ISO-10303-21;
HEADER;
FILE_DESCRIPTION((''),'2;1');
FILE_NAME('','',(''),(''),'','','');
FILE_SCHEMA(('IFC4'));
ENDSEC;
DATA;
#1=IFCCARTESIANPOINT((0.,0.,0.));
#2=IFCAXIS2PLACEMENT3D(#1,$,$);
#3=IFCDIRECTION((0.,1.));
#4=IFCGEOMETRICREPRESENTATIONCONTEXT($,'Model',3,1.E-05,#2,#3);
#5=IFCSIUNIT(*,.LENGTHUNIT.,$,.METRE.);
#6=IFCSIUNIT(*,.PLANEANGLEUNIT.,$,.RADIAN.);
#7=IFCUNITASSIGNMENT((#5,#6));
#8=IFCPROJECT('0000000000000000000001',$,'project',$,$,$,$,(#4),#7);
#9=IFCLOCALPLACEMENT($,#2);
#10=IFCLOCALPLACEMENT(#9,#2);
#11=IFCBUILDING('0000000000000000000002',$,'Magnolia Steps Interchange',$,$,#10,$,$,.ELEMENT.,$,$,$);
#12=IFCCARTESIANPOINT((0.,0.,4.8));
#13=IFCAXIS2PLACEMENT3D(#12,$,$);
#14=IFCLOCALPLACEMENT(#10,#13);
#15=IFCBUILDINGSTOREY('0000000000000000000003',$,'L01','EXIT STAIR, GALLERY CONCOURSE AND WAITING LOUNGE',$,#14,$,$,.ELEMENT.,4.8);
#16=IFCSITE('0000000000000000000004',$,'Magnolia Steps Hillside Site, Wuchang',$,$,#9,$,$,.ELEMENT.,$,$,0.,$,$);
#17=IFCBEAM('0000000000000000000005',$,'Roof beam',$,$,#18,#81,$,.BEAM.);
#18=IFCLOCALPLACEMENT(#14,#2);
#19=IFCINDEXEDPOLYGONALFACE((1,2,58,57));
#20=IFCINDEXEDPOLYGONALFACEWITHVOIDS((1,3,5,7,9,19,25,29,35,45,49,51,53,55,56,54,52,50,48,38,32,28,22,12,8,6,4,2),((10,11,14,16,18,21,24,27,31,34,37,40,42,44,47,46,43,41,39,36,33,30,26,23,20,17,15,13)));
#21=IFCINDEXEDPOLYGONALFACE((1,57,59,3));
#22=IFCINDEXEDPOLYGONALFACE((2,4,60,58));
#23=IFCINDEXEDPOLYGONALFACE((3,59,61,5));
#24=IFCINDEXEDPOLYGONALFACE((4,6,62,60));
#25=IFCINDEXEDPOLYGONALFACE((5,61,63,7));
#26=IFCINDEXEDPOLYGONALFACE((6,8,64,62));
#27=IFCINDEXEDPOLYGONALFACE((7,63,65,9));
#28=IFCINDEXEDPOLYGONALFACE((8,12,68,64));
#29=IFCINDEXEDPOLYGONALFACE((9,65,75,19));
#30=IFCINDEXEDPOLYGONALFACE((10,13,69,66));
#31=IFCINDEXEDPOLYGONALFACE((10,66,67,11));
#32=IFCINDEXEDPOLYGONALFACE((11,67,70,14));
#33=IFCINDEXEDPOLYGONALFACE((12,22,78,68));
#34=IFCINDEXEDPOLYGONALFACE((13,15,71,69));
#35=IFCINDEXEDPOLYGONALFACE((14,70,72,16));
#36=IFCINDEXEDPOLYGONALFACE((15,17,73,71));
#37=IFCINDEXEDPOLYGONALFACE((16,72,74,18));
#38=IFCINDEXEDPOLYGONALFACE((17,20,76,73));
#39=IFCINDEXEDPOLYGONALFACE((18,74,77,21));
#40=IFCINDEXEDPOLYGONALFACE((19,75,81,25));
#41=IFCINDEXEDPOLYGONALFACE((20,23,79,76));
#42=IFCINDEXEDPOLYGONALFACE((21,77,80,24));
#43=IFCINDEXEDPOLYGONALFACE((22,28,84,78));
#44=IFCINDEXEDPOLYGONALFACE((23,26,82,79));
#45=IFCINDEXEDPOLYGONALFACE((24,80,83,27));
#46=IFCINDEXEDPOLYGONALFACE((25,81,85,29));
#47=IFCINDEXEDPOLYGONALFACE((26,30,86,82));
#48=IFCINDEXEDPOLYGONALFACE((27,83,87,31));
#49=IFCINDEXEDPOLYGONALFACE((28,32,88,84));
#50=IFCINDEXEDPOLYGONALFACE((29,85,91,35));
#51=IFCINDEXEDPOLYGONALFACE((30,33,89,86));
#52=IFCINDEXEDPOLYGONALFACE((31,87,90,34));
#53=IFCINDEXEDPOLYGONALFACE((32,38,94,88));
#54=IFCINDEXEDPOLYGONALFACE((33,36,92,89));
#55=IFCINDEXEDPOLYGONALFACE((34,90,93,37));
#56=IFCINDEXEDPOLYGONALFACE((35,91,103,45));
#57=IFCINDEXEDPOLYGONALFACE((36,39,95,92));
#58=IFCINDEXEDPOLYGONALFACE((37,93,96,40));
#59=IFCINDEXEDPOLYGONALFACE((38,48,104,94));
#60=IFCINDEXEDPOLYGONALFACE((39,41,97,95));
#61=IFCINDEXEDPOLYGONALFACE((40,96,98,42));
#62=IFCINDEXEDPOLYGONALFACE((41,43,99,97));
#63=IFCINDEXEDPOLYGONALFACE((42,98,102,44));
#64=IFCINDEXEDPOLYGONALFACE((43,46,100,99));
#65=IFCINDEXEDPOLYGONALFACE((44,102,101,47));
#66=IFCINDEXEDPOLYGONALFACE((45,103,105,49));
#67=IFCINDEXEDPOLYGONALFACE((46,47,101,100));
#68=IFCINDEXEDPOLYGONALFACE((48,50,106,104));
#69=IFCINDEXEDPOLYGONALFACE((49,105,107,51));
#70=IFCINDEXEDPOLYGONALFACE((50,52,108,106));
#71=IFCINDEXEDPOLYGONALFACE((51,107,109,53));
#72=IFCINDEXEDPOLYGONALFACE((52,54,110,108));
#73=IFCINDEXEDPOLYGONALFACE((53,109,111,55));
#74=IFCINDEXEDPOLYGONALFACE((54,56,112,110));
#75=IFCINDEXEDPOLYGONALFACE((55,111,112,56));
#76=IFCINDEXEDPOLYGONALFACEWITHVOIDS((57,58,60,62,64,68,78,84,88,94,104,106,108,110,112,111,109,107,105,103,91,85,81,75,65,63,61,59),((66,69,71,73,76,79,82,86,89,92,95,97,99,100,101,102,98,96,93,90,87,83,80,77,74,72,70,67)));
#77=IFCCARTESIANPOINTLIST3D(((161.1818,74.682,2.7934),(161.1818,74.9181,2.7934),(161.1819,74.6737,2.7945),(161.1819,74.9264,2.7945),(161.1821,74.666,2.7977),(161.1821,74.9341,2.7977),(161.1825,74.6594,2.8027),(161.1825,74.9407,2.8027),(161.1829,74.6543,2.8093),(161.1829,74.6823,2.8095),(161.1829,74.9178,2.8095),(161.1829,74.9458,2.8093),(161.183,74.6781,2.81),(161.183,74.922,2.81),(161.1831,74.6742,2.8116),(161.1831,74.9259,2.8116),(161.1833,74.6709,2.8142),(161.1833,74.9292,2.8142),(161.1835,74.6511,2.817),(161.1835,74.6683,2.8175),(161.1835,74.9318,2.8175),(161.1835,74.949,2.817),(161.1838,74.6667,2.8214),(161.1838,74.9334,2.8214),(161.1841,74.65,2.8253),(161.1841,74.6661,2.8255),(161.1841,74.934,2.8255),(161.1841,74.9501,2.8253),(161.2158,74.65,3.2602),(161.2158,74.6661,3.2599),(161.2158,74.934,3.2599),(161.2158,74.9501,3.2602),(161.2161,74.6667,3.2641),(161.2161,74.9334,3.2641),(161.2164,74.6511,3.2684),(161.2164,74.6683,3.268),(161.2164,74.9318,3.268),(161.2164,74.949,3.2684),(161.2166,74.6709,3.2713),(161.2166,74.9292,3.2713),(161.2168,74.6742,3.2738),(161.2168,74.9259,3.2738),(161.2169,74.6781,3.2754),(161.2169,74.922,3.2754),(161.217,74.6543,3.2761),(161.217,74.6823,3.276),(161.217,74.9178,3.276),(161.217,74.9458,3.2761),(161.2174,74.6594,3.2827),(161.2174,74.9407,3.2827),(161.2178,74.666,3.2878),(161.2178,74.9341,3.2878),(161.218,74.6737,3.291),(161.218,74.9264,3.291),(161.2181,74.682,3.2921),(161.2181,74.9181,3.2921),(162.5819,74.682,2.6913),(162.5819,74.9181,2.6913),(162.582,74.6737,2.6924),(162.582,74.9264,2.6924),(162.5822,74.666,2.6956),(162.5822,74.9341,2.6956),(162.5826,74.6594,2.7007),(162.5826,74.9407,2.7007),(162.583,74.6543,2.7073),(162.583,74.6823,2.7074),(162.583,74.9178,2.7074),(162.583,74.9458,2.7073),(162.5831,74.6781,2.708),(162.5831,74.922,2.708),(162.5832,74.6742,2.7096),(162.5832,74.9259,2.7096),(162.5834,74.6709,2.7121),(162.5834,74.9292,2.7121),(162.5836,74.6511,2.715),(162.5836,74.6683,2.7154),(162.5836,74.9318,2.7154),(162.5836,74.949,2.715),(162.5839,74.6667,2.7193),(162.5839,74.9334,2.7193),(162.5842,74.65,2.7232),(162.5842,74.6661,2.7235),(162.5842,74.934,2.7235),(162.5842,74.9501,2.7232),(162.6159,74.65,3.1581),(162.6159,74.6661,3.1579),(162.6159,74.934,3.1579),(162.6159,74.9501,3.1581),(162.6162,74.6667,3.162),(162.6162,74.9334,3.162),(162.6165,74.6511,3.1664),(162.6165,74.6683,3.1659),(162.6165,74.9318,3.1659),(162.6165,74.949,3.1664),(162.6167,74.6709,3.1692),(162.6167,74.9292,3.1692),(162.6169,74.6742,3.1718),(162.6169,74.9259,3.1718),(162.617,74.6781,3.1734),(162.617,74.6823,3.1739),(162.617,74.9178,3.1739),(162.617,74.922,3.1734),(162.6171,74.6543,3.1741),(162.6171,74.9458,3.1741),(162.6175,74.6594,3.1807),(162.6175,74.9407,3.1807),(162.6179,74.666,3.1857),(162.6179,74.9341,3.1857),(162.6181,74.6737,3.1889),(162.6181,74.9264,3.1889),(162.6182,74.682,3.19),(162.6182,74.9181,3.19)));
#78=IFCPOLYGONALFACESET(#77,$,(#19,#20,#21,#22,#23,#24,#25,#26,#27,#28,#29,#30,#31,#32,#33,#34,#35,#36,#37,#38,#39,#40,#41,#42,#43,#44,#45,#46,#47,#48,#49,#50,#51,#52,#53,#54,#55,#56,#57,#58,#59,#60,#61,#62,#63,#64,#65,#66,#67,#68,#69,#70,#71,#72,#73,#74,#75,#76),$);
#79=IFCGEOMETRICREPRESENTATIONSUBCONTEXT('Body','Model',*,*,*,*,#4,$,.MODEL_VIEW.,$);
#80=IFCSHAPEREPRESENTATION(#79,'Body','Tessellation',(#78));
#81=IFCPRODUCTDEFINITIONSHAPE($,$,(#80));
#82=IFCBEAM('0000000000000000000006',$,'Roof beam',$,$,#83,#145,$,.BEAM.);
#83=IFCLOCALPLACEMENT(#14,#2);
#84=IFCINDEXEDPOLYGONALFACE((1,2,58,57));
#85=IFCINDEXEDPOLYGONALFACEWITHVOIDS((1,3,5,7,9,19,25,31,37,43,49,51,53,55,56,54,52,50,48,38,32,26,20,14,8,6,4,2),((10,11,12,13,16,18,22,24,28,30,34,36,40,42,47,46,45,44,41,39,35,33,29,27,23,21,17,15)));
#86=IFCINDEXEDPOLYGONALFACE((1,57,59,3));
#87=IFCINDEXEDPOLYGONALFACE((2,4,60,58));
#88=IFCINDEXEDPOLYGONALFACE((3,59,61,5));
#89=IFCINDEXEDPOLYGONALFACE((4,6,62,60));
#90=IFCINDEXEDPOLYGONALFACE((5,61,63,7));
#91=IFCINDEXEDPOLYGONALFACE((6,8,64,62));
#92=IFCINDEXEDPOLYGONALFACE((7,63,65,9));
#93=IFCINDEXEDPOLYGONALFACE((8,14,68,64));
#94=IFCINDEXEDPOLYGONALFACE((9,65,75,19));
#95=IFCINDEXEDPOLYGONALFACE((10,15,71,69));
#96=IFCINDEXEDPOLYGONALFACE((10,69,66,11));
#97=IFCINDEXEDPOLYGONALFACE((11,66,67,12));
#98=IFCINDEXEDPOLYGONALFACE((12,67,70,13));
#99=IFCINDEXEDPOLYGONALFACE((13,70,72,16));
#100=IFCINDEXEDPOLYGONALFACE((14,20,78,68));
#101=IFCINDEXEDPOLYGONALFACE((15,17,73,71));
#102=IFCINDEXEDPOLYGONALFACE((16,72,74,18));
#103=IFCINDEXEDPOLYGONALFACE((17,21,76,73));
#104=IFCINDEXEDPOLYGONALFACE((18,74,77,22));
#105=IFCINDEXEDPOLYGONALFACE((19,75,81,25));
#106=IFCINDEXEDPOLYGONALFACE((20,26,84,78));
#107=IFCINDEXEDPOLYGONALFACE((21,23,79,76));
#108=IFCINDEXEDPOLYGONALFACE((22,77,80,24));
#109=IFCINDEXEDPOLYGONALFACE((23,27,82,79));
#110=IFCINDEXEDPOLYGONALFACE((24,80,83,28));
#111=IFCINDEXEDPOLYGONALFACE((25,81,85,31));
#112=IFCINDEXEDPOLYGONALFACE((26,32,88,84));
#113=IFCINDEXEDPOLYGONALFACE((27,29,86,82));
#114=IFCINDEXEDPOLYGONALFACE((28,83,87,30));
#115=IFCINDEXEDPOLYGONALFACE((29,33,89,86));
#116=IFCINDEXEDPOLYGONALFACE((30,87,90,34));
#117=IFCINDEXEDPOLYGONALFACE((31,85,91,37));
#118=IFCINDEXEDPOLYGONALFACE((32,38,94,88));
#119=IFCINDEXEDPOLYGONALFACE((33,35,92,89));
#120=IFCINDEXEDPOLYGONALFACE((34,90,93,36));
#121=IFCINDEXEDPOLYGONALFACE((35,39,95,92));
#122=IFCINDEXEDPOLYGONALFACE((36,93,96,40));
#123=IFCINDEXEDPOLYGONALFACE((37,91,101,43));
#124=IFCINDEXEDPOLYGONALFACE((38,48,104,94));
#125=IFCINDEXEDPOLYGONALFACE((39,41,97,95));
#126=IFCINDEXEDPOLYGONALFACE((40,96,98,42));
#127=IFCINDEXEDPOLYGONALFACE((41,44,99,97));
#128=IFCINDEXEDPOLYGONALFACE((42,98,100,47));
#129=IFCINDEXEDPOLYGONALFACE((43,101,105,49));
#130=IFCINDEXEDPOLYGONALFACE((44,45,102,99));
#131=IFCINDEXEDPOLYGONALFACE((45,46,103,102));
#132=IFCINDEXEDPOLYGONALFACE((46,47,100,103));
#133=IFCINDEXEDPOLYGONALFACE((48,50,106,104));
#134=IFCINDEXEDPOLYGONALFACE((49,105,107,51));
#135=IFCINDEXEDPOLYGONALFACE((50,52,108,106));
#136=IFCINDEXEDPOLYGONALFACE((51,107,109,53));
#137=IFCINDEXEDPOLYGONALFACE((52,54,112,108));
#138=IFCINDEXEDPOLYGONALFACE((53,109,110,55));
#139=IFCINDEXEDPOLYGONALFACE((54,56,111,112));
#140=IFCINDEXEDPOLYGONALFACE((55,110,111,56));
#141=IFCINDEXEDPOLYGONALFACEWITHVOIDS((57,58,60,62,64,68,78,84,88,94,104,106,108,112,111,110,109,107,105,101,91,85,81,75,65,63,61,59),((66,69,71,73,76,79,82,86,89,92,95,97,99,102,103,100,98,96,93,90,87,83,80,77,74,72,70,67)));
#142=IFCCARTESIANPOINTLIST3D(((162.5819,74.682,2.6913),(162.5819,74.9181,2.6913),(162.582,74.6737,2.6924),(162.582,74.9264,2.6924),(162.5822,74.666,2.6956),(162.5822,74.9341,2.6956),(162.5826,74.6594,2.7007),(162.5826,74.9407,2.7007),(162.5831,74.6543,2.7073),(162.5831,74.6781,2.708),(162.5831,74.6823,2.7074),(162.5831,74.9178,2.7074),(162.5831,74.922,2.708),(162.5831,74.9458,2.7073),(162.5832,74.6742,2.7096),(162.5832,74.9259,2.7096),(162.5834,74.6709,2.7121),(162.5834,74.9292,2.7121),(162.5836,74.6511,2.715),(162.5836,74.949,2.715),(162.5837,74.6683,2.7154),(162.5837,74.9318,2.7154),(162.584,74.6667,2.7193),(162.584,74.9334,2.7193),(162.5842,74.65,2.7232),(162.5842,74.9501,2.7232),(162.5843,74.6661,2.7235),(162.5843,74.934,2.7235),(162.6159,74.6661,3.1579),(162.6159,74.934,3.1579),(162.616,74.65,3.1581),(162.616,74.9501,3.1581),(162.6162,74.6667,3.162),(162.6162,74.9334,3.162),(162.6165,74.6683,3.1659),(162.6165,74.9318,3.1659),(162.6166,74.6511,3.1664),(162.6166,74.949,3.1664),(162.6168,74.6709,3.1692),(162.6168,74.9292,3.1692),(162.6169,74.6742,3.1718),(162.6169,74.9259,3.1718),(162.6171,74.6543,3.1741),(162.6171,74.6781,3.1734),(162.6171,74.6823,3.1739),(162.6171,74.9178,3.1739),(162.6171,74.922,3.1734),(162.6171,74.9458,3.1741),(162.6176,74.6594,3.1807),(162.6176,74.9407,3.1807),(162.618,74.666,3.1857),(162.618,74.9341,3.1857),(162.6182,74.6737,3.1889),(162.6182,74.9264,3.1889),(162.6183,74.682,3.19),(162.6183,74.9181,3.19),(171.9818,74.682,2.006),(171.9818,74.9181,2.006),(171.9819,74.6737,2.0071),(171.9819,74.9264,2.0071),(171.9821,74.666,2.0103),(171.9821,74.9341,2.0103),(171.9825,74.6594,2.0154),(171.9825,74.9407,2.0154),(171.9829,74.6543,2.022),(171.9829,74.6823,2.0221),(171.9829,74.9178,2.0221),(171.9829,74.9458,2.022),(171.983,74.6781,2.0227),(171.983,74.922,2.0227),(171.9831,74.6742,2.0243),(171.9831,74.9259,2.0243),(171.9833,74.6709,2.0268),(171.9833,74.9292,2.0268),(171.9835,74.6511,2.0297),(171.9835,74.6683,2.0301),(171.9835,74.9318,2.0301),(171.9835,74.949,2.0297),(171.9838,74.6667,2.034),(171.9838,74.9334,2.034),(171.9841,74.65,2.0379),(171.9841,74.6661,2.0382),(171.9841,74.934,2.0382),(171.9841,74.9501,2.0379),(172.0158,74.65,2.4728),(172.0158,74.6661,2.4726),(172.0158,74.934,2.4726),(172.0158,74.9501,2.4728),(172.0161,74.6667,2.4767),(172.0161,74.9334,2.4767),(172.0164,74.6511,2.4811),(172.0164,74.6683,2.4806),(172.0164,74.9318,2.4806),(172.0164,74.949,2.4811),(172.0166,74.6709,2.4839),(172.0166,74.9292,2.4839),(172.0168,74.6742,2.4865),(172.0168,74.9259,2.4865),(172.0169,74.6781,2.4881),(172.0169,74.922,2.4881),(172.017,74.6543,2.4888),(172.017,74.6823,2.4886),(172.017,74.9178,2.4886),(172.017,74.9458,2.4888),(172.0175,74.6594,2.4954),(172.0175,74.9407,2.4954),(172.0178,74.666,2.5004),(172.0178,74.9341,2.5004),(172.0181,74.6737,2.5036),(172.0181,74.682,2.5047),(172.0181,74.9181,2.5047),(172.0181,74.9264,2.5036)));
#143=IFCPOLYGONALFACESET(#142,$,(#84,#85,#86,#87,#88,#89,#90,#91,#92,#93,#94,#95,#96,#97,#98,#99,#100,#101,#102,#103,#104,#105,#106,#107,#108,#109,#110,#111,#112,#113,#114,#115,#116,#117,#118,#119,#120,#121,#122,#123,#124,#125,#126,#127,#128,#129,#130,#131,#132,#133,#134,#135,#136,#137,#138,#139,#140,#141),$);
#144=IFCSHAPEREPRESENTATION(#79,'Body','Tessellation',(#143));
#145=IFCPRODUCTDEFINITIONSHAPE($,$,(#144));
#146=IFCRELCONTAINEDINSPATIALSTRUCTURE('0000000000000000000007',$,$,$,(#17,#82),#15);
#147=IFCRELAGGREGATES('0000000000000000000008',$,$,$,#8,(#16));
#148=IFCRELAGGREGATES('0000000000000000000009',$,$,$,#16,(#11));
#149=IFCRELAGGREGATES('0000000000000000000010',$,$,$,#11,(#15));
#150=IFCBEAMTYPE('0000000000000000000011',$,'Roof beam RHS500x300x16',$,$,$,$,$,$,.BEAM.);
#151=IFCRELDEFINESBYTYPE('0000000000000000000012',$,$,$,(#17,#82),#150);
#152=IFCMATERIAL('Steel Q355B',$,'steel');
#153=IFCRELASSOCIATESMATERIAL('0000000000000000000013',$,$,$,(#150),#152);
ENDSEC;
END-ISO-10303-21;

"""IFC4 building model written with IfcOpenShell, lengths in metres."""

from ifc_helpers import new_model, si_unit, direction, frame, origin, origin_2d, place, context, subcontext, project, spatial, hollow_rectangle, extrude, material, material_profile, profile_set, type_object, element, save


model = new_model("IFC4")

# Units and contexts
model_context = context("Model", 3, precision=1e-05, world=origin(), true_north=direction((0.0, 1.0)))
body_context = subcontext(model_context, "Body", "Model", "MODEL_VIEW")
ifc_project = project(units=[si_unit("LENGTHUNIT", "METRE"), si_unit("PLANEANGLEUNIT", "RADIAN")], contexts=[model_context])

# Site, building, storey
site_placement = place(None, origin())
site = spatial("IfcSite", under=ifc_project, at=site_placement, Name="Magnolia Steps Hillside Site, Wuchang", CompositionType="ELEMENT", RefElevation=0.0)
building_placement = place(site_placement, origin())
building = spatial("IfcBuilding", under=site, at=building_placement, Name="Magnolia Steps Interchange", CompositionType="ELEMENT")
storey_placement = place(building_placement, frame((0.0, 0.0, 4.8)))
storey = spatial("IfcBuildingStorey", under=building, at=storey_placement, Name="L01", Description="EXIT STAIR, GALLERY CONCOURSE AND WAITING LOUNGE", CompositionType="ELEMENT", Elevation=4.8)

# Beams
ifc_material_1 = material(Name="Steel Q355B", Category="steel")
ifc_material_profile_1 = material_profile(ifc_material_1, hollow_rectangle(XDim=0.3, YDim=0.5, WallThickness=0.0161, InnerFilletRadius=0.0161, OuterFilletRadius=0.032, at=origin_2d()), Name="RHS500x300x16")
ifc_profile_set_1 = profile_set([ifc_material_profile_1], Name="Steel Q355B")
beam_type_1 = type_object("IfcBeamType", Name="Roof beam RHS500x300x16", PredefinedType="BEAM", material=ifc_profile_set_1)
beam_1_placement = place(storey_placement, frame((161.2, 74.8, 3.0427), z_axis=(0.997354, 0.0, -0.072693), x_axis=(0.0, 1.0, 0.0)))
element("IfcBeam", 1, at=beam_1_placement, inside=storey, type_object=beam_type_1, Name="Roof beam", PredefinedType="BEAM", context=body_context, shape_type="SweptSolid", body=[
    extrude(hollow_rectangle(XDim=0.3, YDim=0.5, WallThickness=0.0161, InnerFilletRadius=0.0161, OuterFilletRadius=0.032, at=origin_2d()), origin(), (0.0, 0.0, 1.0), 1.4038),
])
beam_2_placement = place(storey_placement, frame((162.6001, 74.8, 2.9407), z_axis=(0.997353, 0.0, -0.072712), x_axis=(0.0, 1.0, 0.0)))
element("IfcBeam", 2, at=beam_2_placement, inside=storey, type_object=beam_type_1, Name="Roof beam", PredefinedType="BEAM", context=body_context, shape_type="SweptSolid", body=[
    extrude(hollow_rectangle(XDim=0.3, YDim=0.5, WallThickness=0.0161, InnerFilletRadius=0.0161, OuterFilletRadius=0.032, at=origin_2d()), origin(), (0.0, 0.0, 1.0), 9.4248),
])

save(model, "model.ifc")
